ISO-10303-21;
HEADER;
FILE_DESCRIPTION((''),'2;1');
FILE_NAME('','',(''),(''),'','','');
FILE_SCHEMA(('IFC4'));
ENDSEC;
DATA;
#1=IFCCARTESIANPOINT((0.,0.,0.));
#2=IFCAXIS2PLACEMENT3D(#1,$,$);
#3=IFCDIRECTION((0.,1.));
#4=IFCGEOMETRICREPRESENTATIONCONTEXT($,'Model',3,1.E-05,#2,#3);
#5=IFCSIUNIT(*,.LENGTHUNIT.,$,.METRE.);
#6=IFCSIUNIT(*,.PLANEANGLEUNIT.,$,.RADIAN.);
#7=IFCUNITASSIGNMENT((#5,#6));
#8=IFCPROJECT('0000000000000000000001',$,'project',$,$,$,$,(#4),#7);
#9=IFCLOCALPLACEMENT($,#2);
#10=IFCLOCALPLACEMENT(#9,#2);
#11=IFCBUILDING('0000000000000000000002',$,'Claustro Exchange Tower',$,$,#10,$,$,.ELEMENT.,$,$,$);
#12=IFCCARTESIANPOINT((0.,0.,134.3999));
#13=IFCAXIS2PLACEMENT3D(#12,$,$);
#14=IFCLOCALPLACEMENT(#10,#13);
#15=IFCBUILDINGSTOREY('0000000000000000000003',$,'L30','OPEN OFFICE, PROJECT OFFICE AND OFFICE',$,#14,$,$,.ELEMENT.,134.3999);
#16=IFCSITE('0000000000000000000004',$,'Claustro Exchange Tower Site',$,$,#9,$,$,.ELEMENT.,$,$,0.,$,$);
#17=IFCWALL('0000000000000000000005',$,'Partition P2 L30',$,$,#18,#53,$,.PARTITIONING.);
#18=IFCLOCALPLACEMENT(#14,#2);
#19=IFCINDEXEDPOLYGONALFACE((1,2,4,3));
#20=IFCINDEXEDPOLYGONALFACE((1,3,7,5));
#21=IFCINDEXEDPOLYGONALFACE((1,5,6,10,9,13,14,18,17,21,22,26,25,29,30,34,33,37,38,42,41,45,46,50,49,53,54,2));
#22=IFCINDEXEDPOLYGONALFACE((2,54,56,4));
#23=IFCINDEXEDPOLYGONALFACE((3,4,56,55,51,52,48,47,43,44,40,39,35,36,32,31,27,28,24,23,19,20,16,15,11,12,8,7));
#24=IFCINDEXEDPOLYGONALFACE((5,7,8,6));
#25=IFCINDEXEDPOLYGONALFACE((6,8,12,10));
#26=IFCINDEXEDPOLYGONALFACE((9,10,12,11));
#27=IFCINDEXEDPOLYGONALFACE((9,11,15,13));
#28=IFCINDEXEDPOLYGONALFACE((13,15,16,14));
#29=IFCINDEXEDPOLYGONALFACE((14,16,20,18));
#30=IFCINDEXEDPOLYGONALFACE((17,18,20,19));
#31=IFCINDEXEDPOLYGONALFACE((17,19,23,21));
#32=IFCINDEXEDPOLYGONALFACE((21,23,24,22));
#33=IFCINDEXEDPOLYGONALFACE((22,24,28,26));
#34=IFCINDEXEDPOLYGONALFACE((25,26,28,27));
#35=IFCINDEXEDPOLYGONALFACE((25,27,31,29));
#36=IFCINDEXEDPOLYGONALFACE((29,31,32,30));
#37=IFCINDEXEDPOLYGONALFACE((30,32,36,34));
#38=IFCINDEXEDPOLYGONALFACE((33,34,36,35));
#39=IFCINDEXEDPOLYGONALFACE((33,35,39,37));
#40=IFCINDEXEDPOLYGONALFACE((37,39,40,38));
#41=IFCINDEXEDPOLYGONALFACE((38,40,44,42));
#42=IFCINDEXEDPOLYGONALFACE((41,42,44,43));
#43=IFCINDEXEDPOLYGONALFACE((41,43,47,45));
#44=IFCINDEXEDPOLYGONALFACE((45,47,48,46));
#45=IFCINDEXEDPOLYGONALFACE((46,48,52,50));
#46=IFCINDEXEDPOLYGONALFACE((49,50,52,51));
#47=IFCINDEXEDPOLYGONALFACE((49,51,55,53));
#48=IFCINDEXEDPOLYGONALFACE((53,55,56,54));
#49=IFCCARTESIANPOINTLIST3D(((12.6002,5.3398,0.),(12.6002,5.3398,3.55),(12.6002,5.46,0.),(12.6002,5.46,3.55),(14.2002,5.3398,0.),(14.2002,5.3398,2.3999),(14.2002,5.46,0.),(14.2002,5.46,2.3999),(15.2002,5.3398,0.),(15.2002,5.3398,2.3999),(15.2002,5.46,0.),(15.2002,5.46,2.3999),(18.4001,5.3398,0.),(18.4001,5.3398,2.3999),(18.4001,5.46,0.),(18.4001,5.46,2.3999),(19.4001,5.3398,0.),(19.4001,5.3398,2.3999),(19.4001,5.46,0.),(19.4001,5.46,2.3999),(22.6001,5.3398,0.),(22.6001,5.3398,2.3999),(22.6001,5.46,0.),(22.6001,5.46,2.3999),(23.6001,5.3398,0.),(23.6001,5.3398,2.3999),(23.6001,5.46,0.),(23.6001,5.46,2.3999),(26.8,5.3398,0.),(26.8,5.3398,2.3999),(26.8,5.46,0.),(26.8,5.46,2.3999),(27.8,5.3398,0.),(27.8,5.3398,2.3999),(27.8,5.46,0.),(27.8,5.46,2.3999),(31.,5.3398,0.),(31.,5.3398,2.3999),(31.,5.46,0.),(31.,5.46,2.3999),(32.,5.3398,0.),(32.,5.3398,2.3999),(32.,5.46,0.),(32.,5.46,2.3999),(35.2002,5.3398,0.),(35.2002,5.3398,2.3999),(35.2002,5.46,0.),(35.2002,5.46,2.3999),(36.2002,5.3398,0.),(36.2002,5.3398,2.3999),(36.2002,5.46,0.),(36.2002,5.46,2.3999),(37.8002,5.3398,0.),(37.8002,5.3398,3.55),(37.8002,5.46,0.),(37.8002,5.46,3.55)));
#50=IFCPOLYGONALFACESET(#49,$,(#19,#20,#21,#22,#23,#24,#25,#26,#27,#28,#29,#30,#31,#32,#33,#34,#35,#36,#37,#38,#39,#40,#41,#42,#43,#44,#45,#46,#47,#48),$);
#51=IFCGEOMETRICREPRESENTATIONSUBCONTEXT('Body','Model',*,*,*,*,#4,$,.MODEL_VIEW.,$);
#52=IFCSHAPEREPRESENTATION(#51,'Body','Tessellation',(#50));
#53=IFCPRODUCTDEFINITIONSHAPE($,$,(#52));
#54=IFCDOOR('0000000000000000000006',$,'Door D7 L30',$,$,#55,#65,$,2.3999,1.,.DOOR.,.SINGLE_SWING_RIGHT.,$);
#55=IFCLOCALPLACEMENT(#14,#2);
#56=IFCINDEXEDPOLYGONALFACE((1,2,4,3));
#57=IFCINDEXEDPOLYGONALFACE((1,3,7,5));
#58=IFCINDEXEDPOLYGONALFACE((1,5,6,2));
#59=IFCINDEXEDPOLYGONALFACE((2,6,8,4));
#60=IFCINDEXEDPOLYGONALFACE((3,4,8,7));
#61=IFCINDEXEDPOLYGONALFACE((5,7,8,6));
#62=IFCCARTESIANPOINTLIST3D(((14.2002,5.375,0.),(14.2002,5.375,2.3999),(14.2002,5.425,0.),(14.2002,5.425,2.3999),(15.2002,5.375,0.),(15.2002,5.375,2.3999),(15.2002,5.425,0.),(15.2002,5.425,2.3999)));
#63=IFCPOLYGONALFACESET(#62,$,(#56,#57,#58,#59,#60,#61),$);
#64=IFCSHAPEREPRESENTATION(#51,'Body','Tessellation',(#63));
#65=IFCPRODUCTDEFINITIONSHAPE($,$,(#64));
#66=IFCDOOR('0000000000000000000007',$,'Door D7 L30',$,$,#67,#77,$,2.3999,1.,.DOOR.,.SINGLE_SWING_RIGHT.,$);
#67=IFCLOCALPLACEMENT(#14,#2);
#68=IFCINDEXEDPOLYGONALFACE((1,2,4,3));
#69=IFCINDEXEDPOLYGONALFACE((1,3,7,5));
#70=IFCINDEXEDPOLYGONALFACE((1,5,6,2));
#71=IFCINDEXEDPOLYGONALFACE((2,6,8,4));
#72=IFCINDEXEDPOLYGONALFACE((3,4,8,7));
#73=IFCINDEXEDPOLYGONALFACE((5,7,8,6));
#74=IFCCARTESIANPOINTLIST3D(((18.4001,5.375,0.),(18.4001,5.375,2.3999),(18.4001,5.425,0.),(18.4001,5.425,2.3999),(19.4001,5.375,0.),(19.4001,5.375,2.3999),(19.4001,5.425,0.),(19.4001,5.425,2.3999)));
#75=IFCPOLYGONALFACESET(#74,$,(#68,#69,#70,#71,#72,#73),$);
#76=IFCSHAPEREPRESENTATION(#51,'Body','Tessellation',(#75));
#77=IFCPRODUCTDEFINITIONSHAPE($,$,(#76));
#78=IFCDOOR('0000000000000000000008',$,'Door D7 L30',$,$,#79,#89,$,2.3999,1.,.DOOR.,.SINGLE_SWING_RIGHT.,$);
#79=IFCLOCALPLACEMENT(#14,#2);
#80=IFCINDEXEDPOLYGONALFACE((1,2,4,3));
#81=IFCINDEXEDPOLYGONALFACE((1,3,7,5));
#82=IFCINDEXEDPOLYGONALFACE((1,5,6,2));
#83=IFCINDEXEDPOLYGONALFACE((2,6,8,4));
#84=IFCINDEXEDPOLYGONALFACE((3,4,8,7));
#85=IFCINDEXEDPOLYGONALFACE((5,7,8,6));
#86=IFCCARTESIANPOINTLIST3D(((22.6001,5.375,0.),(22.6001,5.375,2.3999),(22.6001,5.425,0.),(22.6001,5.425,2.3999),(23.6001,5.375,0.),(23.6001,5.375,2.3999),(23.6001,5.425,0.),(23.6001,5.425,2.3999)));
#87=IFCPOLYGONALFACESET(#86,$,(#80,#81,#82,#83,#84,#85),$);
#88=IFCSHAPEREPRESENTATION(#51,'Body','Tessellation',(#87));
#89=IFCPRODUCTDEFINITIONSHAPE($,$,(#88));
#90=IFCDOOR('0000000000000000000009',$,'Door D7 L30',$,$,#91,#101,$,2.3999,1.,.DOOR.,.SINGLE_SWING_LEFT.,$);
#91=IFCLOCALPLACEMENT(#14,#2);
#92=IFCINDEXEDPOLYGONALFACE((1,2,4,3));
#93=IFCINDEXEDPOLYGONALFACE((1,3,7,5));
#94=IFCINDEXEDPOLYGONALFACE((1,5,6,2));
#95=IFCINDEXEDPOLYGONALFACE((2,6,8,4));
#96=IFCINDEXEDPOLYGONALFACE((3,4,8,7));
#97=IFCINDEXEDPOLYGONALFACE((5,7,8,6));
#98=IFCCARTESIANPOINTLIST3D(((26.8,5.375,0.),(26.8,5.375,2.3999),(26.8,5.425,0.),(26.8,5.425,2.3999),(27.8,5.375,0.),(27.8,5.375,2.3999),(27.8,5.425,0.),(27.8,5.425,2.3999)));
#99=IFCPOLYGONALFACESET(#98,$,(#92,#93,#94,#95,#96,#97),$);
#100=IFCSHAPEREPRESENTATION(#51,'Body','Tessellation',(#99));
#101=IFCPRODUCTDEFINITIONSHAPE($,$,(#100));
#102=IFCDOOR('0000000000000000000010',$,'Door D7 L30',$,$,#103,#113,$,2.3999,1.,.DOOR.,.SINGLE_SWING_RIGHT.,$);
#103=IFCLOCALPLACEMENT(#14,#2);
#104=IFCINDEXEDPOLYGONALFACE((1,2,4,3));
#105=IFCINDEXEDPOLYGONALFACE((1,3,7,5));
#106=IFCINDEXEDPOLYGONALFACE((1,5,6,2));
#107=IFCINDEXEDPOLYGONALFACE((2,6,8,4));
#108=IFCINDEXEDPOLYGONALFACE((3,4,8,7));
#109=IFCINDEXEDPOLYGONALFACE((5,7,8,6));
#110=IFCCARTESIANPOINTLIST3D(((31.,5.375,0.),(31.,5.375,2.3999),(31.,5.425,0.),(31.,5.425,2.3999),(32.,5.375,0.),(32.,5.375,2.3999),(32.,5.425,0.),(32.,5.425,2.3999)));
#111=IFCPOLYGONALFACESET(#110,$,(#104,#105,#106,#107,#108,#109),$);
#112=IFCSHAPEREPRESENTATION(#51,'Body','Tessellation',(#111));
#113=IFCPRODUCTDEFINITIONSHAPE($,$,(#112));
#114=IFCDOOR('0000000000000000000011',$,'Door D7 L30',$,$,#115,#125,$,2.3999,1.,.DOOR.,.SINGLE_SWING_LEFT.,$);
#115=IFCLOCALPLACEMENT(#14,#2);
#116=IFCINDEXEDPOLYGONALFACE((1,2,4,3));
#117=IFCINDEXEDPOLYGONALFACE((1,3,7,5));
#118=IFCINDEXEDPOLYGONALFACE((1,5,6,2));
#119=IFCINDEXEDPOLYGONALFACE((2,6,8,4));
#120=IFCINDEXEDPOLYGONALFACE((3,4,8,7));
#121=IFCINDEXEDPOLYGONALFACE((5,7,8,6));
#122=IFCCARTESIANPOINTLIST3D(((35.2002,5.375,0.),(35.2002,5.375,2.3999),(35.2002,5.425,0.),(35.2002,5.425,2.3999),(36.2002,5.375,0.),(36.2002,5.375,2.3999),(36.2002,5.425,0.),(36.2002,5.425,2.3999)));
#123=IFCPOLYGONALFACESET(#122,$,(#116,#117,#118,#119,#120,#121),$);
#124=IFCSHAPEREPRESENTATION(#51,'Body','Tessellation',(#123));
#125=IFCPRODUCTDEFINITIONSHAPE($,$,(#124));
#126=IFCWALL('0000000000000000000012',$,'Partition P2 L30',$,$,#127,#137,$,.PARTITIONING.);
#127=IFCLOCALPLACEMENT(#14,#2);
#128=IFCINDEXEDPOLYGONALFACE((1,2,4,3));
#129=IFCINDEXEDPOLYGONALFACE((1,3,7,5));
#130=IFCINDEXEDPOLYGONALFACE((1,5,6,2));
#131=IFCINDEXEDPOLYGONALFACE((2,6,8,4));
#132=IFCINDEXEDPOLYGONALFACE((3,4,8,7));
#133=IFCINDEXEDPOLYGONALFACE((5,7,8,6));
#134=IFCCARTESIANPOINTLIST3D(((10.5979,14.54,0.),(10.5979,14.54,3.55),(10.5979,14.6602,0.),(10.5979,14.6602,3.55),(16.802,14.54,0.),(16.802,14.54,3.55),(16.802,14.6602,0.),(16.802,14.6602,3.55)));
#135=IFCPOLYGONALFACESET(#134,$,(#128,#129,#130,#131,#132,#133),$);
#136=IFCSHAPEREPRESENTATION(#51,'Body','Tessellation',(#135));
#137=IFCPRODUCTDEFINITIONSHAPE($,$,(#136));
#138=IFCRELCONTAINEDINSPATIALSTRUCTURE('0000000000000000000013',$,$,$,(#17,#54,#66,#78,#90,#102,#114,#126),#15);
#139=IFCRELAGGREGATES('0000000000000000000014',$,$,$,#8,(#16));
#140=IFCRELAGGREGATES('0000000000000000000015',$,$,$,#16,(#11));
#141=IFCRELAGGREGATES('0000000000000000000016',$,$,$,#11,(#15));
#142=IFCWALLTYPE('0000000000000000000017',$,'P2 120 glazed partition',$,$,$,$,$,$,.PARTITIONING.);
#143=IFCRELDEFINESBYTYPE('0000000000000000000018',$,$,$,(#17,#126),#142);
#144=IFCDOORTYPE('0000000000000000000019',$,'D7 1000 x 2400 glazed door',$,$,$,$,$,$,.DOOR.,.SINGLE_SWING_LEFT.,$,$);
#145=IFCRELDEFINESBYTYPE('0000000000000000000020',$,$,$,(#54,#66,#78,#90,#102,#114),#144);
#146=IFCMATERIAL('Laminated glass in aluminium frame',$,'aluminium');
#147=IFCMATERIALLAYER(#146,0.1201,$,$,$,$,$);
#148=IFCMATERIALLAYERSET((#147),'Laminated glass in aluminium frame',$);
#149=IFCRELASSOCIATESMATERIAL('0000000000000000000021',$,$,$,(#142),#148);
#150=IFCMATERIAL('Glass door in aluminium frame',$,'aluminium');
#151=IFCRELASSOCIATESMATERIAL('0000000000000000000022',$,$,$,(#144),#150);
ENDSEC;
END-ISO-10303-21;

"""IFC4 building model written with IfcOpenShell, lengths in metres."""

from ifc_helpers import new_model, si_unit, direction, frame, frame_2d, origin, place, context, subcontext, project, spatial, rectangle, extrude, material, layer, layer_set, type_object, element, fill, save


model = new_model("IFC4")

# Units and contexts
model_context = context("Model", 3, precision=1e-05, world=origin(), true_north=direction((0.0, 1.0)))
body_context = subcontext(model_context, "Body", "Model", "MODEL_VIEW")
ifc_project = project(units=[si_unit("LENGTHUNIT", "METRE"), si_unit("PLANEANGLEUNIT", "RADIAN")], contexts=[model_context])

# Site, building, storey
site_placement = place(None, origin())
site = spatial("IfcSite", under=ifc_project, at=site_placement, Name="Claustro Exchange Tower Site", CompositionType="ELEMENT", RefElevation=0.0)
building_placement = place(site_placement, origin())
building = spatial("IfcBuilding", under=site, at=building_placement, Name="Claustro Exchange Tower", CompositionType="ELEMENT")
storey_placement = place(building_placement, frame((0.0, 0.0, 134.3999)))
storey = spatial("IfcBuildingStorey", under=building, at=storey_placement, Name="L30", Description="OPEN OFFICE, PROJECT OFFICE AND OFFICE", CompositionType="ELEMENT", Elevation=134.3999)

# Wall, openings, doors
ifc_material_1 = material(Name="Laminated glass in aluminium frame", Category="aluminium")
ifc_layer = layer(ifc_material_1, 0.1201)
ifc_layer_set = layer_set([ifc_layer], Name="Laminated glass in aluminium frame")
wall_type = type_object("IfcWallType", Name="P2 120 glazed partition", PredefinedType="PARTITIONING", material=ifc_layer_set)
wall_1_placement = place(storey_placement, frame((12.6001, 5.3999, 0.0), z_axis=(0.0, 0.0, 1.0), x_axis=(1.0, 0.0, 0.0)))
wall_1 = element("IfcWall", 1, at=wall_1_placement, inside=storey, type_object=wall_type, Name="Partition P2 L30", PredefinedType="PARTITIONING", context=body_context, shape_type="SweptSolid", body=[
    extrude(rectangle(XDim=25.2, YDim=0.1201, at=frame_2d((12.6001, 0.0))), origin(), (0.0, 0.0, 1.0), 3.55),
])
opening_1_placement = place(wall_1_placement, frame((1.6001, 0.0, 0.0)))
opening_1 = element("IfcOpeningElement", 2, at=opening_1_placement, cuts=wall_1, PredefinedType="OPENING", context=body_context, shape_type="SweptSolid", body=[
    extrude(rectangle(XDim=1.0, YDim=2.3999, at=frame_2d((0.5, 1.2))), frame((0.0, 0.0701, 0.0), z_axis=(0.0, -1.0, 0.0), x_axis=(1.0, 0.0, 0.0)), (0.0, 0.0, 1.0), 0.1401),
])
opening_2_placement = place(wall_1_placement, frame((5.8, 0.0, 0.0)))
opening_2 = element("IfcOpeningElement", 3, at=opening_2_placement, cuts=wall_1, PredefinedType="OPENING", context=body_context, shape_type="SweptSolid", body=[
    extrude(rectangle(XDim=1.0, YDim=2.3999, at=frame_2d((0.5, 1.2))), frame((0.0, 0.0701, 0.0), z_axis=(0.0, -1.0, 0.0), x_axis=(1.0, 0.0, 0.0)), (0.0, 0.0, 1.0), 0.1401),
])
opening_3_placement = place(wall_1_placement, frame((10.0, 0.0, 0.0)))
opening_3 = element("IfcOpeningElement", 4, at=opening_3_placement, cuts=wall_1, PredefinedType="OPENING", context=body_context, shape_type="SweptSolid", body=[
    extrude(rectangle(XDim=1.0, YDim=2.3999, at=frame_2d((0.5, 1.2))), frame((0.0, 0.0701, 0.0), z_axis=(0.0, -1.0, 0.0), x_axis=(1.0, 0.0, 0.0)), (0.0, 0.0, 1.0), 0.1401),
])
opening_4_placement = place(wall_1_placement, frame((14.2, 0.0, 0.0)))
opening_4 = element("IfcOpeningElement", 5, at=opening_4_placement, cuts=wall_1, PredefinedType="OPENING", context=body_context, shape_type="SweptSolid", body=[
    extrude(rectangle(XDim=1.0, YDim=2.3999, at=frame_2d((0.5, 1.2))), frame((0.0, 0.0701, 0.0), z_axis=(0.0, -1.0, 0.0), x_axis=(1.0, 0.0, 0.0)), (0.0, 0.0, 1.0), 0.1401),
])
opening_5_placement = place(wall_1_placement, frame((18.3999, 0.0, 0.0)))
opening_5 = element("IfcOpeningElement", 6, at=opening_5_placement, cuts=wall_1, PredefinedType="OPENING", context=body_context, shape_type="SweptSolid", body=[
    extrude(rectangle(XDim=1.0, YDim=2.3999, at=frame_2d((0.5, 1.2))), frame((0.0, 0.0701, 0.0), z_axis=(0.0, -1.0, 0.0), x_axis=(1.0, 0.0, 0.0)), (0.0, 0.0, 1.0), 0.1401),
])
opening_6_placement = place(wall_1_placement, frame((22.6001, 0.0, 0.0)))
opening_6 = element("IfcOpeningElement", 7, at=opening_6_placement, cuts=wall_1, PredefinedType="OPENING", context=body_context, shape_type="SweptSolid", body=[
    extrude(rectangle(XDim=1.0, YDim=2.3999, at=frame_2d((0.5, 1.2))), frame((0.0, 0.0701, 0.0), z_axis=(0.0, -1.0, 0.0), x_axis=(1.0, 0.0, 0.0)), (0.0, 0.0, 1.0), 0.1401),
])
ifc_material_2 = material(Name="Glass door in aluminium frame", Category="aluminium")
door_type = type_object("IfcDoorType", Name="D7 1000 x 2400 glazed door", OperationType="SINGLE_SWING_LEFT", PredefinedType="DOOR", material=ifc_material_2)
door_1_placement = place(opening_1_placement, frame((1.0, 0.0, 0.0), z_axis=(0.0, 0.0, 1.0), x_axis=(-1.0, 0.0, 0.0)))
door_1 = element("IfcDoor", 8, at=door_1_placement, inside=storey, type_object=door_type, Name="Door D7 L30", OperationType="SINGLE_SWING_RIGHT", OverallHeight=2.3999, OverallWidth=1.0, PredefinedType="DOOR", context=body_context, shape_type="SweptSolid", body=[
    extrude(rectangle(XDim=1.0, YDim=2.3999, at=frame_2d((0.5, 1.2))), frame((0.0, 0.0249, 0.0), z_axis=(0.0, -1.0, 0.0), x_axis=(1.0, 0.0, 0.0)), (0.0, 0.0, 1.0), 0.05),
])
fill(opening_1, door_1)
door_2_placement = place(opening_2_placement, frame((1.0, 0.0, 0.0), z_axis=(0.0, 0.0, 1.0), x_axis=(-1.0, 0.0, 0.0)))
door_2 = element("IfcDoor", 9, at=door_2_placement, inside=storey, type_object=door_type, Name="Door D7 L30", OperationType="SINGLE_SWING_RIGHT", OverallHeight=2.3999, OverallWidth=1.0, PredefinedType="DOOR", context=body_context, shape_type="SweptSolid", body=[
    extrude(rectangle(XDim=1.0, YDim=2.3999, at=frame_2d((0.5, 1.2))), frame((0.0, 0.0249, 0.0), z_axis=(0.0, -1.0, 0.0), x_axis=(1.0, 0.0, 0.0)), (0.0, 0.0, 1.0), 0.05),
])
fill(opening_2, door_2)
door_3_placement = place(opening_3_placement, frame((1.0, 0.0, 0.0), z_axis=(0.0, 0.0, 1.0), x_axis=(-1.0, 0.0, 0.0)))
door_3 = element("IfcDoor", 10, at=door_3_placement, inside=storey, type_object=door_type, Name="Door D7 L30", OperationType="SINGLE_SWING_RIGHT", OverallHeight=2.3999, OverallWidth=1.0, PredefinedType="DOOR", context=body_context, shape_type="SweptSolid", body=[
    extrude(rectangle(XDim=1.0, YDim=2.3999, at=frame_2d((0.5, 1.2))), frame((0.0, 0.0249, 0.0), z_axis=(0.0, -1.0, 0.0), x_axis=(1.0, 0.0, 0.0)), (0.0, 0.0, 1.0), 0.05),
])
fill(opening_3, door_3)
door_4_placement = place(opening_4_placement, frame((1.0, 0.0, 0.0), z_axis=(0.0, 0.0, 1.0), x_axis=(-1.0, 0.0, 0.0)))
door_4 = element("IfcDoor", 11, at=door_4_placement, inside=storey, type_object=door_type, Name="Door D7 L30", OperationType="SINGLE_SWING_LEFT", OverallHeight=2.3999, OverallWidth=1.0, PredefinedType="DOOR", context=body_context, shape_type="SweptSolid", body=[
    extrude(rectangle(XDim=1.0, YDim=2.3999, at=frame_2d((0.5, 1.2))), frame((0.0, 0.0249, 0.0), z_axis=(0.0, -1.0, 0.0), x_axis=(1.0, 0.0, 0.0)), (0.0, 0.0, 1.0), 0.05),
])
fill(opening_4, door_4)
door_5_placement = place(opening_5_placement, frame((1.0, 0.0, 0.0), z_axis=(0.0, 0.0, 1.0), x_axis=(-1.0, 0.0, 0.0)))
door_5 = element("IfcDoor", 12, at=door_5_placement, inside=storey, type_object=door_type, Name="Door D7 L30", OperationType="SINGLE_SWING_RIGHT", OverallHeight=2.3999, OverallWidth=1.0, PredefinedType="DOOR", context=body_context, shape_type="SweptSolid", body=[
    extrude(rectangle(XDim=1.0, YDim=2.3999, at=frame_2d((0.5, 1.2))), frame((0.0, 0.0249, 0.0), z_axis=(0.0, -1.0, 0.0), x_axis=(1.0, 0.0, 0.0)), (0.0, 0.0, 1.0), 0.05),
])
fill(opening_5, door_5)
door_6_placement = place(opening_6_placement, frame((1.0, 0.0, 0.0), z_axis=(0.0, 0.0, 1.0), x_axis=(-1.0, 0.0, 0.0)))
door_6 = element("IfcDoor", 13, at=door_6_placement, inside=storey, type_object=door_type, Name="Door D7 L30", OperationType="SINGLE_SWING_LEFT", OverallHeight=2.3999, OverallWidth=1.0, PredefinedType="DOOR", context=body_context, shape_type="SweptSolid", body=[
    extrude(rectangle(XDim=1.0, YDim=2.3999, at=frame_2d((0.5, 1.2))), frame((0.0, 0.0249, 0.0), z_axis=(0.0, -1.0, 0.0), x_axis=(1.0, 0.0, 0.0)), (0.0, 0.0, 1.0), 0.05),
])
fill(opening_6, door_6)

# Wall
wall_2_placement = place(storey_placement, frame((10.5979, 14.6001, 0.0), z_axis=(0.0, 0.0, 1.0), x_axis=(1.0, 0.0, 0.0)))
element("IfcWall", 14, at=wall_2_placement, inside=storey, type_object=wall_type, Name="Partition P2 L30", PredefinedType="PARTITIONING", context=body_context, shape_type="SweptSolid", body=[
    extrude(rectangle(XDim=6.2041, YDim=0.1201, at=frame_2d((3.1021, 0.0))), origin(), (0.0, 0.0, 1.0), 3.55),
])

save(model, "model.ifc")
